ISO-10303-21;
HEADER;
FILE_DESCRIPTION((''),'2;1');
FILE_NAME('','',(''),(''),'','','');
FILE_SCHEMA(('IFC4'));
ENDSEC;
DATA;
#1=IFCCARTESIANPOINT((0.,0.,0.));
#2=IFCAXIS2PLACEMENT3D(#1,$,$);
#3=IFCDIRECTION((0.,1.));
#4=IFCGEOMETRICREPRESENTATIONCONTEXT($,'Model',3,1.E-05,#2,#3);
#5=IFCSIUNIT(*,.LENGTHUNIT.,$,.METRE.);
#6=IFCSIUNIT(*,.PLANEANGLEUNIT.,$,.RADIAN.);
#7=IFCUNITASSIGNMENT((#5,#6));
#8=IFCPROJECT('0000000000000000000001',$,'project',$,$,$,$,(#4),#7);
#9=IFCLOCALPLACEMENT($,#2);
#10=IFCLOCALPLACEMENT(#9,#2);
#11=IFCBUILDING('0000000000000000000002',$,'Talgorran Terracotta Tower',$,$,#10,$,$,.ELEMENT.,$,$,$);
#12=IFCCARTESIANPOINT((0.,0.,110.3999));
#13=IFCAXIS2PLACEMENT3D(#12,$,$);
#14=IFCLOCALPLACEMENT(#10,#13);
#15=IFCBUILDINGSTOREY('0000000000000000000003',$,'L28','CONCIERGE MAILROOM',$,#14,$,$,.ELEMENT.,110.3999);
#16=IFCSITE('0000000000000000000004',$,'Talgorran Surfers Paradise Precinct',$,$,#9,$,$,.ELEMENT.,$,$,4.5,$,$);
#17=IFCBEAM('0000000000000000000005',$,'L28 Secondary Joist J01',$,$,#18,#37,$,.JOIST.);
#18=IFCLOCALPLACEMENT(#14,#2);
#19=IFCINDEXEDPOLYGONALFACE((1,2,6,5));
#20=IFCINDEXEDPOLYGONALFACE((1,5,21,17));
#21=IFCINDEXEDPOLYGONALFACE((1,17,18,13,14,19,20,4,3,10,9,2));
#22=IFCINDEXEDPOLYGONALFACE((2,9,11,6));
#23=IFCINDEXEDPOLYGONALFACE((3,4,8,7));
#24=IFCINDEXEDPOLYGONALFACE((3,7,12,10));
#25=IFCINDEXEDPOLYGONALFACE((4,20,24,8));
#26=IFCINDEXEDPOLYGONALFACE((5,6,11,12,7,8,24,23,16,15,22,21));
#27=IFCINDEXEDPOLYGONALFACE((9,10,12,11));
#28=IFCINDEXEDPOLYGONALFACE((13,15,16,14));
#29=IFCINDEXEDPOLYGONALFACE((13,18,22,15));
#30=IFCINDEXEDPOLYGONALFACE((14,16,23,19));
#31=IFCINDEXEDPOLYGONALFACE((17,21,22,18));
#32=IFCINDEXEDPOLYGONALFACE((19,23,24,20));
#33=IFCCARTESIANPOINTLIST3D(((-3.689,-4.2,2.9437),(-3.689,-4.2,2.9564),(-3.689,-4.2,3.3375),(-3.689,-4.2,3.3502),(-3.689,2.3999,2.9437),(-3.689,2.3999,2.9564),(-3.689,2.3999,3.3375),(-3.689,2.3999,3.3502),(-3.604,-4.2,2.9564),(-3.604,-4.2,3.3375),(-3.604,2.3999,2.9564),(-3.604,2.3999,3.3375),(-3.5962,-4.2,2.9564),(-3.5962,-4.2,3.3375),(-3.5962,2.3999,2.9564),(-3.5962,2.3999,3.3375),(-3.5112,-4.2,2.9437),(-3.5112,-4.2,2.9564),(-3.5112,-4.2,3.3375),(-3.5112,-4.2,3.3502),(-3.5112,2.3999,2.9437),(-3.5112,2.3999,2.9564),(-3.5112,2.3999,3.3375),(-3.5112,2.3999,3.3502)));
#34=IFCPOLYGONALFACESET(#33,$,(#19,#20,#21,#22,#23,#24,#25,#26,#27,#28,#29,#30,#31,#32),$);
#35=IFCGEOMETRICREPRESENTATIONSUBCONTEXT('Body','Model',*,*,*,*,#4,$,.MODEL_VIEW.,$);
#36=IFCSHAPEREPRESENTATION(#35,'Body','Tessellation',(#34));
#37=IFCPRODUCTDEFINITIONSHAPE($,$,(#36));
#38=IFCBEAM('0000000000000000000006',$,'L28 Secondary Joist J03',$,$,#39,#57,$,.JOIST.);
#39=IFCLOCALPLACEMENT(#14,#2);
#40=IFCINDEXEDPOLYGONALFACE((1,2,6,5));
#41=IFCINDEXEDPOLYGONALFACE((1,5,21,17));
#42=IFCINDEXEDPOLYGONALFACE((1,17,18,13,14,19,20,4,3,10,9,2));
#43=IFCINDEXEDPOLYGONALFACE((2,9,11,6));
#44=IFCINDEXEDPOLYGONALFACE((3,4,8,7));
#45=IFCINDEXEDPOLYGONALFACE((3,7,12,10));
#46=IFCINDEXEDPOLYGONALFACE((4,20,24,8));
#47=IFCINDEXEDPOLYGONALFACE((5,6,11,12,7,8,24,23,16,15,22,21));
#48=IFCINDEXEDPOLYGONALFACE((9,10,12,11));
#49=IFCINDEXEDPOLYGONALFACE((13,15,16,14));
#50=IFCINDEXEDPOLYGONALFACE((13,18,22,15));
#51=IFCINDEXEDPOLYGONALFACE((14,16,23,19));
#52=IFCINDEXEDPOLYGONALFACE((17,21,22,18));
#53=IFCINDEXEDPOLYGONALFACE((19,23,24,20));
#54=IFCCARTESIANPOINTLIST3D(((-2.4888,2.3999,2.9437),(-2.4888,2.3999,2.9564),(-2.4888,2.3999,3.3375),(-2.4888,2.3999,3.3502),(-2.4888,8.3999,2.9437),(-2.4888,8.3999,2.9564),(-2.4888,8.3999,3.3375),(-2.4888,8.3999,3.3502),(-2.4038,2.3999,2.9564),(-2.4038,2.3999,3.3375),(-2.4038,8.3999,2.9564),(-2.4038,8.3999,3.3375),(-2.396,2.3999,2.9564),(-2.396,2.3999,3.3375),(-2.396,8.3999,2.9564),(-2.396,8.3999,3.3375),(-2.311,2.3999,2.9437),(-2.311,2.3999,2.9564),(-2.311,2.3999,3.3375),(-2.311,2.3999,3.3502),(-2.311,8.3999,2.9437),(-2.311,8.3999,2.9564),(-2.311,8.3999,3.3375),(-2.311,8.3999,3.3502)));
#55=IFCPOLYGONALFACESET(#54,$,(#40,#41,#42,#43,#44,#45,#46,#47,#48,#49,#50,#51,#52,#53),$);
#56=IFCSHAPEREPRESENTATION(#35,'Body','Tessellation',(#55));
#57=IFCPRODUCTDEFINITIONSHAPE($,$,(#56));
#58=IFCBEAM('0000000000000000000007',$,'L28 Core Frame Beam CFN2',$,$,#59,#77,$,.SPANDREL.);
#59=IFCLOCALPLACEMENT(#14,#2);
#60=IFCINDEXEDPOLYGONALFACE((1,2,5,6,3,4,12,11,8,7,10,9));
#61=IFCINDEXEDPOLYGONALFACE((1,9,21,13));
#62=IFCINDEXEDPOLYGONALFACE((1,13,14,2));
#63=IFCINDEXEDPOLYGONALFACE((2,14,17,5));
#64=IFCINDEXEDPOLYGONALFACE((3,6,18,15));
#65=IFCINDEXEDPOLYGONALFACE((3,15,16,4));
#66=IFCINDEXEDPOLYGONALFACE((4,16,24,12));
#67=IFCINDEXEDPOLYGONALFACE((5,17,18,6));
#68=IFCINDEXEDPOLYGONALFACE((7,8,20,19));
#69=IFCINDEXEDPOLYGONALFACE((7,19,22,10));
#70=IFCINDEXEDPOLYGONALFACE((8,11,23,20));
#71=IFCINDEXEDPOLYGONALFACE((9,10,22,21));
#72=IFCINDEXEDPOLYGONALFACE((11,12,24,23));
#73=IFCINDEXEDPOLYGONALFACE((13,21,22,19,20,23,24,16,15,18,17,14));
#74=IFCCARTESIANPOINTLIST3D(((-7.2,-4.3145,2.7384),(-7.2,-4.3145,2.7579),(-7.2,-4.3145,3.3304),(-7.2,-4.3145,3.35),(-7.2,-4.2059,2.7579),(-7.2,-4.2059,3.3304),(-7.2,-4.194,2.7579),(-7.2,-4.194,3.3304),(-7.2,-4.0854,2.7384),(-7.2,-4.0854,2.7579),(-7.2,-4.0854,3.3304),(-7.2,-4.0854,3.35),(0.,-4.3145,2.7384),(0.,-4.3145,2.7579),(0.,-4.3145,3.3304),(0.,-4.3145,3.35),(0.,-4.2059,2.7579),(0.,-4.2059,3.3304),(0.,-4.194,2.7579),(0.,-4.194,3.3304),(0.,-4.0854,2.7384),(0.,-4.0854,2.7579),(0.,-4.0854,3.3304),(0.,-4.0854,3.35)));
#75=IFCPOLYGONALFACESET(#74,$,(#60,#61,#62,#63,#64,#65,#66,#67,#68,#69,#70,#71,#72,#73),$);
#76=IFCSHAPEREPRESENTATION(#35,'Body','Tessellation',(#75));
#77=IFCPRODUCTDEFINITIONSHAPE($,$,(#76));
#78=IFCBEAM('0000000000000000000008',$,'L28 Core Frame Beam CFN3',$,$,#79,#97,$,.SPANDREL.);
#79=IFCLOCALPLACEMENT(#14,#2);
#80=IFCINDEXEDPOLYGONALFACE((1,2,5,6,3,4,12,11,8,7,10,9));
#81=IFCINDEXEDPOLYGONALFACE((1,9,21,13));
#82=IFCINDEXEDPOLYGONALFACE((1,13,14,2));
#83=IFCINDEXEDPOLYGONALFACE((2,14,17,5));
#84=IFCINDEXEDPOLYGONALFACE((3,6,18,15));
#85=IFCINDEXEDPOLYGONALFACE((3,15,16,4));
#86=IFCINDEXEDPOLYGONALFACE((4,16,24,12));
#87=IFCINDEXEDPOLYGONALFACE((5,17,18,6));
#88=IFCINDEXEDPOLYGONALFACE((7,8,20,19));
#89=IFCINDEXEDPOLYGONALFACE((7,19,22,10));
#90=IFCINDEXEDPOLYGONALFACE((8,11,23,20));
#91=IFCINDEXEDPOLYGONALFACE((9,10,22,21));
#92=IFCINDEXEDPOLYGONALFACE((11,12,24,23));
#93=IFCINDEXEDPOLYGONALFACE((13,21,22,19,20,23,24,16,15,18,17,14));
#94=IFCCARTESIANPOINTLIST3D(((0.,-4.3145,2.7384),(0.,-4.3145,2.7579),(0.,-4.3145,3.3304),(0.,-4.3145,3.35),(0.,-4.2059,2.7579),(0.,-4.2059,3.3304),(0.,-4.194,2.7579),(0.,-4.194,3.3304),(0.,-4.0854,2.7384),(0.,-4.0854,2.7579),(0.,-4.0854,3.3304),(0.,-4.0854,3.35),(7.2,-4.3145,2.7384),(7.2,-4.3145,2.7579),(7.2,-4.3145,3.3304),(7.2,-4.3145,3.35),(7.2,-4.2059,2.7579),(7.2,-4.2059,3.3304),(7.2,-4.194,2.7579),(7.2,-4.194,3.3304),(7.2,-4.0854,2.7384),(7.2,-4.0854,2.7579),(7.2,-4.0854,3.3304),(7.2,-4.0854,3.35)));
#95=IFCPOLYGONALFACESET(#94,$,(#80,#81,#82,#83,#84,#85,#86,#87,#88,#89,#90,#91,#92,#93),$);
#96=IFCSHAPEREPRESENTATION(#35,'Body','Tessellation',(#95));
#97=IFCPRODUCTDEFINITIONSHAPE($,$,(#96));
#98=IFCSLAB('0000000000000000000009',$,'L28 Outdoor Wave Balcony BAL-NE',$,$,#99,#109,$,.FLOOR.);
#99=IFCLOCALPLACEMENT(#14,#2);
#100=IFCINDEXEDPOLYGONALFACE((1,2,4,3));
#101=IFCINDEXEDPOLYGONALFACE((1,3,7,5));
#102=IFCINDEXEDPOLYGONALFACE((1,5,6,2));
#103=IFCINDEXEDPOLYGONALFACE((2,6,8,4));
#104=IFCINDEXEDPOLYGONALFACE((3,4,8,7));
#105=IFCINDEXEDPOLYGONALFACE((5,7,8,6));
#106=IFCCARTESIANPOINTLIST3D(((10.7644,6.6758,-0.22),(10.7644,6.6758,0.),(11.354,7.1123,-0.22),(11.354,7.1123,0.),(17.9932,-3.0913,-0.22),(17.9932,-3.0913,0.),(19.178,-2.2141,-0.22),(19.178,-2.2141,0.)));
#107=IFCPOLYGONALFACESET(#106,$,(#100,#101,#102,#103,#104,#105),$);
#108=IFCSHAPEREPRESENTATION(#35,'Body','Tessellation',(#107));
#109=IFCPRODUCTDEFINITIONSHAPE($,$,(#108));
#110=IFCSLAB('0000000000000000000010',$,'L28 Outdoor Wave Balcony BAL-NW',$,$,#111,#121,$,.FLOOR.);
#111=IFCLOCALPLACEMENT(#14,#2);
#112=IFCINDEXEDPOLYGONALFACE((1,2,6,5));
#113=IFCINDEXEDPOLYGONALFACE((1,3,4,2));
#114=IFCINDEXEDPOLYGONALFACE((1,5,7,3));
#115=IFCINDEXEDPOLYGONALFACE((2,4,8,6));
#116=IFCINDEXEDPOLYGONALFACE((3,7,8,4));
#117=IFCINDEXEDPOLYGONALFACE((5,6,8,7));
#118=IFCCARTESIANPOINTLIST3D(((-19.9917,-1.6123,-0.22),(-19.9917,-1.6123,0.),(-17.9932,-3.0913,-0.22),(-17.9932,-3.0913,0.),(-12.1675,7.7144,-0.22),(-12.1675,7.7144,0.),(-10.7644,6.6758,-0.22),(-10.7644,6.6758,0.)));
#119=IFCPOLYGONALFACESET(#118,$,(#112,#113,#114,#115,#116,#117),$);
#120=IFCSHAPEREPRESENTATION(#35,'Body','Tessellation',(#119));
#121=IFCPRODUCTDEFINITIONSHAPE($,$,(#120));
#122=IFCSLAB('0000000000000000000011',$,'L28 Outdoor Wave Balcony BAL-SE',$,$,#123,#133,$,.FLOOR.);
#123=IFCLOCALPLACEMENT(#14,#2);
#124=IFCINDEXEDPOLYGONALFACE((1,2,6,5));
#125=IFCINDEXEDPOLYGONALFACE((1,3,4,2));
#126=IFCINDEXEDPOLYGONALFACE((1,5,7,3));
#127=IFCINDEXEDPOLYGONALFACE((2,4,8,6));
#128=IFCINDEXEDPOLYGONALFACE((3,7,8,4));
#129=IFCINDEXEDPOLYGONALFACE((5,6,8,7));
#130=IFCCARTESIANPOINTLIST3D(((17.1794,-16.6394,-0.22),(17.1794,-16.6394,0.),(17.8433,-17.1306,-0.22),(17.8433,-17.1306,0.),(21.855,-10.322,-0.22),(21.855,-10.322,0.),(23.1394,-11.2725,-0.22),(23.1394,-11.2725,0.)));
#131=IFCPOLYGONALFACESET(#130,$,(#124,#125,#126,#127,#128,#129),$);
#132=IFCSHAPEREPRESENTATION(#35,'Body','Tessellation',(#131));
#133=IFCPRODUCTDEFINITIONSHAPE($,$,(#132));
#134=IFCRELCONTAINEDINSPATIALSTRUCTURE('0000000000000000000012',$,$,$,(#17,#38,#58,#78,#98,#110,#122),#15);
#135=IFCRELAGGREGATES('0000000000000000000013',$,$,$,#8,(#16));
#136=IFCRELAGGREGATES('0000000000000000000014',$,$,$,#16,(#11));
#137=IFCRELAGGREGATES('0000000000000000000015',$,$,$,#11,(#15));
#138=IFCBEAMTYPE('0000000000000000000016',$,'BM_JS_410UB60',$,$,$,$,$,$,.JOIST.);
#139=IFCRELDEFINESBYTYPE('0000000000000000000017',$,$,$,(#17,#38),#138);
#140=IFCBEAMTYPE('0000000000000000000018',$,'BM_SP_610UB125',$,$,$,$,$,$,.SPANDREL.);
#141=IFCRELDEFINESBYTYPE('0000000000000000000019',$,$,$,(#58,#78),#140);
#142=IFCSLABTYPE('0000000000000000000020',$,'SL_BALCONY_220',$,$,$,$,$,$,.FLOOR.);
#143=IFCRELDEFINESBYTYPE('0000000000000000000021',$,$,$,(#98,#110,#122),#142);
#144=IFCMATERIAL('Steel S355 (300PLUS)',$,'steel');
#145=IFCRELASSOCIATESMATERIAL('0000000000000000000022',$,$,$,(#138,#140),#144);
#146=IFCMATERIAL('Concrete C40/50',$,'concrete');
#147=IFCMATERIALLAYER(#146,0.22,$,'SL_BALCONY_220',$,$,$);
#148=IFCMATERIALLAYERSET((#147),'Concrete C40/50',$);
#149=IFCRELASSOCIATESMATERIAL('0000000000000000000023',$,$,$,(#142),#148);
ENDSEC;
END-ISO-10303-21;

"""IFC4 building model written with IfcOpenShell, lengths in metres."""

from ifc_helpers import new_model, si_unit, direction, frame, origin, origin_2d, place, context, subcontext, project, spatial, polyline, i_section, outline, extrude, material, layer, layer_set, material_profile, profile_set, type_object, element, save


model = new_model("IFC4")

# Units and contexts
model_context = context("Model", 3, precision=1e-05, world=origin(), true_north=direction((0.0, 1.0)))
body_context = subcontext(model_context, "Body", "Model", "MODEL_VIEW")
ifc_project = project(units=[si_unit("LENGTHUNIT", "METRE"), si_unit("PLANEANGLEUNIT", "RADIAN")], contexts=[model_context])

# Site, building, storey
site_placement = place(None, origin())
site = spatial("IfcSite", under=ifc_project, at=site_placement, Name="Talgorran Surfers Paradise Precinct", CompositionType="ELEMENT", RefElevation=4.5)
building_placement = place(site_placement, origin())
building = spatial("IfcBuilding", under=site, at=building_placement, Name="Talgorran Terracotta Tower", CompositionType="ELEMENT")
storey_placement = place(building_placement, frame((0.0, 0.0, 110.3999)))
storey = spatial("IfcBuildingStorey", under=building, at=storey_placement, Name="L28", Description="CONCIERGE MAILROOM", CompositionType="ELEMENT", Elevation=110.3999)

# Shared definitions
ifc_material_1 = material(Name="Steel S355 (300PLUS)", Category="steel")

# Beams
ifc_material_profile_1 = material_profile(ifc_material_1, i_section(OverallWidth=0.1777, OverallDepth=0.4065, WebThickness=0.0078, FlangeThickness=0.0127, at=origin_2d()), Name="410UB59.7")
ifc_profile_set_1 = profile_set([ifc_material_profile_1], Name="Steel S355 (300PLUS)")
beam_type_1 = type_object("IfcBeamType", Name="BM_JS_410UB60", PredefinedType="JOIST", material=ifc_profile_set_1)
beam_1_placement = place(storey_placement, frame((-3.6001, -4.2, 3.147), z_axis=(0.0, 1.0, 0.0), x_axis=(-1.0, 0.0, 0.0)))
element("IfcBeam", 1, at=beam_1_placement, inside=storey, type_object=beam_type_1, Name="L28 Secondary Joist J01", PredefinedType="JOIST", context=body_context, shape_type="SweptSolid", body=[
    extrude(i_section(OverallWidth=0.1777, OverallDepth=0.4065, WebThickness=0.0078, FlangeThickness=0.0127, at=origin_2d()), origin(), (0.0, 0.0, 1.0), 6.5999),
])
beam_2_placement = place(storey_placement, frame((-2.3999, 2.3999, 3.147), z_axis=(0.0, 1.0, 0.0), x_axis=(-1.0, 0.0, 0.0)))
element("IfcBeam", 2, at=beam_2_placement, inside=storey, type_object=beam_type_1, Name="L28 Secondary Joist J03", PredefinedType="JOIST", context=body_context, shape_type="SweptSolid", body=[
    extrude(i_section(OverallWidth=0.1777, OverallDepth=0.4065, WebThickness=0.0078, FlangeThickness=0.0127, at=origin_2d()), origin(), (0.0, 0.0, 1.0), 6.0),
])
ifc_material_profile_2 = material_profile(ifc_material_1, i_section(OverallWidth=0.229, OverallDepth=0.6116, WebThickness=0.012, FlangeThickness=0.0195, at=origin_2d()), Name="610UB125")
ifc_profile_set_2 = profile_set([ifc_material_profile_2], Name="Steel S355 (300PLUS)")
beam_type_2 = type_object("IfcBeamType", Name="BM_SP_610UB125", PredefinedType="SPANDREL", material=ifc_profile_set_2)
for number, where, z_axis, x_axis, name in (
    (3, (-7.2, -4.2, 3.0442), (1.0, 0.0, 0.0), (0.0, 1.0, 0.0), "L28 Core Frame Beam CFN2"),
    (4, (0.0, -4.2, 3.0442), (1.0, 0.0, 0.0), (0.0, 1.0, 0.0), "L28 Core Frame Beam CFN3"),
):
    element("IfcBeam", number, at=place(storey_placement, frame(where, z_axis=z_axis, x_axis=x_axis)), inside=storey, type_object=beam_type_2, Name=name, PredefinedType="SPANDREL", context=body_context, shape_type="SweptSolid", body=[
        extrude(i_section(OverallWidth=0.229, OverallDepth=0.6116, WebThickness=0.012, FlangeThickness=0.0195, at=origin_2d()), origin(), (0.0, 0.0, 1.0), 7.2),
    ])

# Slabs
ifc_material_2 = material(Name="Concrete C40/50", Category="concrete")
ifc_layer_1 = layer(ifc_material_2, 0.22, Name="SL_BALCONY_220")
ifc_layer_set_1 = layer_set([ifc_layer_1], Name="Concrete C40/50")
slab_type_1 = type_object("IfcSlabType", Name="SL_BALCONY_220", PredefinedType="FLOOR", material=ifc_layer_set_1)
slab_1_placement = place(storey_placement, frame((0.0, 0.0, -0.22)))
element("IfcSlab", 5, at=slab_1_placement, inside=storey, type_object=slab_type_1, Name="L28 Outdoor Wave Balcony BAL-NE", PredefinedType="FLOOR", context=body_context, shape_type="SweptSolid", body=[
    extrude(outline(polyline([(10.7644, 6.6758), (17.9932, -3.0913), (19.178, -2.2141), (11.354, 7.1123), (10.7644, 6.6758)])), origin(), (0.0, 0.0, 1.0), 0.22),
])
slab_2_placement = place(storey_placement, frame((0.0, 0.0, -0.22)))
element("IfcSlab", 6, at=slab_2_placement, inside=storey, type_object=slab_type_1, Name="L28 Outdoor Wave Balcony BAL-NW", PredefinedType="FLOOR", context=body_context, shape_type="SweptSolid", body=[
    extrude(outline(polyline([(-17.9932, -3.0913), (-10.7644, 6.6758), (-12.1675, 7.7144), (-19.9917, -1.6123), (-17.9932, -3.0913)])), origin(), (0.0, 0.0, 1.0), 0.22),
])
slab_3_placement = place(storey_placement, frame((0.0, 0.0, -0.22)))
element("IfcSlab", 7, at=slab_3_placement, inside=storey, type_object=slab_type_1, Name="L28 Outdoor Wave Balcony BAL-SE", PredefinedType="FLOOR", context=body_context, shape_type="SweptSolid", body=[
    extrude(outline(polyline([(21.855, -10.322), (17.1794, -16.6394), (17.8433, -17.1306), (23.1394, -11.2725), (21.855, -10.322)])), origin(), (0.0, 0.0, 1.0), 0.22),
])

save(model, "model.ifc")
